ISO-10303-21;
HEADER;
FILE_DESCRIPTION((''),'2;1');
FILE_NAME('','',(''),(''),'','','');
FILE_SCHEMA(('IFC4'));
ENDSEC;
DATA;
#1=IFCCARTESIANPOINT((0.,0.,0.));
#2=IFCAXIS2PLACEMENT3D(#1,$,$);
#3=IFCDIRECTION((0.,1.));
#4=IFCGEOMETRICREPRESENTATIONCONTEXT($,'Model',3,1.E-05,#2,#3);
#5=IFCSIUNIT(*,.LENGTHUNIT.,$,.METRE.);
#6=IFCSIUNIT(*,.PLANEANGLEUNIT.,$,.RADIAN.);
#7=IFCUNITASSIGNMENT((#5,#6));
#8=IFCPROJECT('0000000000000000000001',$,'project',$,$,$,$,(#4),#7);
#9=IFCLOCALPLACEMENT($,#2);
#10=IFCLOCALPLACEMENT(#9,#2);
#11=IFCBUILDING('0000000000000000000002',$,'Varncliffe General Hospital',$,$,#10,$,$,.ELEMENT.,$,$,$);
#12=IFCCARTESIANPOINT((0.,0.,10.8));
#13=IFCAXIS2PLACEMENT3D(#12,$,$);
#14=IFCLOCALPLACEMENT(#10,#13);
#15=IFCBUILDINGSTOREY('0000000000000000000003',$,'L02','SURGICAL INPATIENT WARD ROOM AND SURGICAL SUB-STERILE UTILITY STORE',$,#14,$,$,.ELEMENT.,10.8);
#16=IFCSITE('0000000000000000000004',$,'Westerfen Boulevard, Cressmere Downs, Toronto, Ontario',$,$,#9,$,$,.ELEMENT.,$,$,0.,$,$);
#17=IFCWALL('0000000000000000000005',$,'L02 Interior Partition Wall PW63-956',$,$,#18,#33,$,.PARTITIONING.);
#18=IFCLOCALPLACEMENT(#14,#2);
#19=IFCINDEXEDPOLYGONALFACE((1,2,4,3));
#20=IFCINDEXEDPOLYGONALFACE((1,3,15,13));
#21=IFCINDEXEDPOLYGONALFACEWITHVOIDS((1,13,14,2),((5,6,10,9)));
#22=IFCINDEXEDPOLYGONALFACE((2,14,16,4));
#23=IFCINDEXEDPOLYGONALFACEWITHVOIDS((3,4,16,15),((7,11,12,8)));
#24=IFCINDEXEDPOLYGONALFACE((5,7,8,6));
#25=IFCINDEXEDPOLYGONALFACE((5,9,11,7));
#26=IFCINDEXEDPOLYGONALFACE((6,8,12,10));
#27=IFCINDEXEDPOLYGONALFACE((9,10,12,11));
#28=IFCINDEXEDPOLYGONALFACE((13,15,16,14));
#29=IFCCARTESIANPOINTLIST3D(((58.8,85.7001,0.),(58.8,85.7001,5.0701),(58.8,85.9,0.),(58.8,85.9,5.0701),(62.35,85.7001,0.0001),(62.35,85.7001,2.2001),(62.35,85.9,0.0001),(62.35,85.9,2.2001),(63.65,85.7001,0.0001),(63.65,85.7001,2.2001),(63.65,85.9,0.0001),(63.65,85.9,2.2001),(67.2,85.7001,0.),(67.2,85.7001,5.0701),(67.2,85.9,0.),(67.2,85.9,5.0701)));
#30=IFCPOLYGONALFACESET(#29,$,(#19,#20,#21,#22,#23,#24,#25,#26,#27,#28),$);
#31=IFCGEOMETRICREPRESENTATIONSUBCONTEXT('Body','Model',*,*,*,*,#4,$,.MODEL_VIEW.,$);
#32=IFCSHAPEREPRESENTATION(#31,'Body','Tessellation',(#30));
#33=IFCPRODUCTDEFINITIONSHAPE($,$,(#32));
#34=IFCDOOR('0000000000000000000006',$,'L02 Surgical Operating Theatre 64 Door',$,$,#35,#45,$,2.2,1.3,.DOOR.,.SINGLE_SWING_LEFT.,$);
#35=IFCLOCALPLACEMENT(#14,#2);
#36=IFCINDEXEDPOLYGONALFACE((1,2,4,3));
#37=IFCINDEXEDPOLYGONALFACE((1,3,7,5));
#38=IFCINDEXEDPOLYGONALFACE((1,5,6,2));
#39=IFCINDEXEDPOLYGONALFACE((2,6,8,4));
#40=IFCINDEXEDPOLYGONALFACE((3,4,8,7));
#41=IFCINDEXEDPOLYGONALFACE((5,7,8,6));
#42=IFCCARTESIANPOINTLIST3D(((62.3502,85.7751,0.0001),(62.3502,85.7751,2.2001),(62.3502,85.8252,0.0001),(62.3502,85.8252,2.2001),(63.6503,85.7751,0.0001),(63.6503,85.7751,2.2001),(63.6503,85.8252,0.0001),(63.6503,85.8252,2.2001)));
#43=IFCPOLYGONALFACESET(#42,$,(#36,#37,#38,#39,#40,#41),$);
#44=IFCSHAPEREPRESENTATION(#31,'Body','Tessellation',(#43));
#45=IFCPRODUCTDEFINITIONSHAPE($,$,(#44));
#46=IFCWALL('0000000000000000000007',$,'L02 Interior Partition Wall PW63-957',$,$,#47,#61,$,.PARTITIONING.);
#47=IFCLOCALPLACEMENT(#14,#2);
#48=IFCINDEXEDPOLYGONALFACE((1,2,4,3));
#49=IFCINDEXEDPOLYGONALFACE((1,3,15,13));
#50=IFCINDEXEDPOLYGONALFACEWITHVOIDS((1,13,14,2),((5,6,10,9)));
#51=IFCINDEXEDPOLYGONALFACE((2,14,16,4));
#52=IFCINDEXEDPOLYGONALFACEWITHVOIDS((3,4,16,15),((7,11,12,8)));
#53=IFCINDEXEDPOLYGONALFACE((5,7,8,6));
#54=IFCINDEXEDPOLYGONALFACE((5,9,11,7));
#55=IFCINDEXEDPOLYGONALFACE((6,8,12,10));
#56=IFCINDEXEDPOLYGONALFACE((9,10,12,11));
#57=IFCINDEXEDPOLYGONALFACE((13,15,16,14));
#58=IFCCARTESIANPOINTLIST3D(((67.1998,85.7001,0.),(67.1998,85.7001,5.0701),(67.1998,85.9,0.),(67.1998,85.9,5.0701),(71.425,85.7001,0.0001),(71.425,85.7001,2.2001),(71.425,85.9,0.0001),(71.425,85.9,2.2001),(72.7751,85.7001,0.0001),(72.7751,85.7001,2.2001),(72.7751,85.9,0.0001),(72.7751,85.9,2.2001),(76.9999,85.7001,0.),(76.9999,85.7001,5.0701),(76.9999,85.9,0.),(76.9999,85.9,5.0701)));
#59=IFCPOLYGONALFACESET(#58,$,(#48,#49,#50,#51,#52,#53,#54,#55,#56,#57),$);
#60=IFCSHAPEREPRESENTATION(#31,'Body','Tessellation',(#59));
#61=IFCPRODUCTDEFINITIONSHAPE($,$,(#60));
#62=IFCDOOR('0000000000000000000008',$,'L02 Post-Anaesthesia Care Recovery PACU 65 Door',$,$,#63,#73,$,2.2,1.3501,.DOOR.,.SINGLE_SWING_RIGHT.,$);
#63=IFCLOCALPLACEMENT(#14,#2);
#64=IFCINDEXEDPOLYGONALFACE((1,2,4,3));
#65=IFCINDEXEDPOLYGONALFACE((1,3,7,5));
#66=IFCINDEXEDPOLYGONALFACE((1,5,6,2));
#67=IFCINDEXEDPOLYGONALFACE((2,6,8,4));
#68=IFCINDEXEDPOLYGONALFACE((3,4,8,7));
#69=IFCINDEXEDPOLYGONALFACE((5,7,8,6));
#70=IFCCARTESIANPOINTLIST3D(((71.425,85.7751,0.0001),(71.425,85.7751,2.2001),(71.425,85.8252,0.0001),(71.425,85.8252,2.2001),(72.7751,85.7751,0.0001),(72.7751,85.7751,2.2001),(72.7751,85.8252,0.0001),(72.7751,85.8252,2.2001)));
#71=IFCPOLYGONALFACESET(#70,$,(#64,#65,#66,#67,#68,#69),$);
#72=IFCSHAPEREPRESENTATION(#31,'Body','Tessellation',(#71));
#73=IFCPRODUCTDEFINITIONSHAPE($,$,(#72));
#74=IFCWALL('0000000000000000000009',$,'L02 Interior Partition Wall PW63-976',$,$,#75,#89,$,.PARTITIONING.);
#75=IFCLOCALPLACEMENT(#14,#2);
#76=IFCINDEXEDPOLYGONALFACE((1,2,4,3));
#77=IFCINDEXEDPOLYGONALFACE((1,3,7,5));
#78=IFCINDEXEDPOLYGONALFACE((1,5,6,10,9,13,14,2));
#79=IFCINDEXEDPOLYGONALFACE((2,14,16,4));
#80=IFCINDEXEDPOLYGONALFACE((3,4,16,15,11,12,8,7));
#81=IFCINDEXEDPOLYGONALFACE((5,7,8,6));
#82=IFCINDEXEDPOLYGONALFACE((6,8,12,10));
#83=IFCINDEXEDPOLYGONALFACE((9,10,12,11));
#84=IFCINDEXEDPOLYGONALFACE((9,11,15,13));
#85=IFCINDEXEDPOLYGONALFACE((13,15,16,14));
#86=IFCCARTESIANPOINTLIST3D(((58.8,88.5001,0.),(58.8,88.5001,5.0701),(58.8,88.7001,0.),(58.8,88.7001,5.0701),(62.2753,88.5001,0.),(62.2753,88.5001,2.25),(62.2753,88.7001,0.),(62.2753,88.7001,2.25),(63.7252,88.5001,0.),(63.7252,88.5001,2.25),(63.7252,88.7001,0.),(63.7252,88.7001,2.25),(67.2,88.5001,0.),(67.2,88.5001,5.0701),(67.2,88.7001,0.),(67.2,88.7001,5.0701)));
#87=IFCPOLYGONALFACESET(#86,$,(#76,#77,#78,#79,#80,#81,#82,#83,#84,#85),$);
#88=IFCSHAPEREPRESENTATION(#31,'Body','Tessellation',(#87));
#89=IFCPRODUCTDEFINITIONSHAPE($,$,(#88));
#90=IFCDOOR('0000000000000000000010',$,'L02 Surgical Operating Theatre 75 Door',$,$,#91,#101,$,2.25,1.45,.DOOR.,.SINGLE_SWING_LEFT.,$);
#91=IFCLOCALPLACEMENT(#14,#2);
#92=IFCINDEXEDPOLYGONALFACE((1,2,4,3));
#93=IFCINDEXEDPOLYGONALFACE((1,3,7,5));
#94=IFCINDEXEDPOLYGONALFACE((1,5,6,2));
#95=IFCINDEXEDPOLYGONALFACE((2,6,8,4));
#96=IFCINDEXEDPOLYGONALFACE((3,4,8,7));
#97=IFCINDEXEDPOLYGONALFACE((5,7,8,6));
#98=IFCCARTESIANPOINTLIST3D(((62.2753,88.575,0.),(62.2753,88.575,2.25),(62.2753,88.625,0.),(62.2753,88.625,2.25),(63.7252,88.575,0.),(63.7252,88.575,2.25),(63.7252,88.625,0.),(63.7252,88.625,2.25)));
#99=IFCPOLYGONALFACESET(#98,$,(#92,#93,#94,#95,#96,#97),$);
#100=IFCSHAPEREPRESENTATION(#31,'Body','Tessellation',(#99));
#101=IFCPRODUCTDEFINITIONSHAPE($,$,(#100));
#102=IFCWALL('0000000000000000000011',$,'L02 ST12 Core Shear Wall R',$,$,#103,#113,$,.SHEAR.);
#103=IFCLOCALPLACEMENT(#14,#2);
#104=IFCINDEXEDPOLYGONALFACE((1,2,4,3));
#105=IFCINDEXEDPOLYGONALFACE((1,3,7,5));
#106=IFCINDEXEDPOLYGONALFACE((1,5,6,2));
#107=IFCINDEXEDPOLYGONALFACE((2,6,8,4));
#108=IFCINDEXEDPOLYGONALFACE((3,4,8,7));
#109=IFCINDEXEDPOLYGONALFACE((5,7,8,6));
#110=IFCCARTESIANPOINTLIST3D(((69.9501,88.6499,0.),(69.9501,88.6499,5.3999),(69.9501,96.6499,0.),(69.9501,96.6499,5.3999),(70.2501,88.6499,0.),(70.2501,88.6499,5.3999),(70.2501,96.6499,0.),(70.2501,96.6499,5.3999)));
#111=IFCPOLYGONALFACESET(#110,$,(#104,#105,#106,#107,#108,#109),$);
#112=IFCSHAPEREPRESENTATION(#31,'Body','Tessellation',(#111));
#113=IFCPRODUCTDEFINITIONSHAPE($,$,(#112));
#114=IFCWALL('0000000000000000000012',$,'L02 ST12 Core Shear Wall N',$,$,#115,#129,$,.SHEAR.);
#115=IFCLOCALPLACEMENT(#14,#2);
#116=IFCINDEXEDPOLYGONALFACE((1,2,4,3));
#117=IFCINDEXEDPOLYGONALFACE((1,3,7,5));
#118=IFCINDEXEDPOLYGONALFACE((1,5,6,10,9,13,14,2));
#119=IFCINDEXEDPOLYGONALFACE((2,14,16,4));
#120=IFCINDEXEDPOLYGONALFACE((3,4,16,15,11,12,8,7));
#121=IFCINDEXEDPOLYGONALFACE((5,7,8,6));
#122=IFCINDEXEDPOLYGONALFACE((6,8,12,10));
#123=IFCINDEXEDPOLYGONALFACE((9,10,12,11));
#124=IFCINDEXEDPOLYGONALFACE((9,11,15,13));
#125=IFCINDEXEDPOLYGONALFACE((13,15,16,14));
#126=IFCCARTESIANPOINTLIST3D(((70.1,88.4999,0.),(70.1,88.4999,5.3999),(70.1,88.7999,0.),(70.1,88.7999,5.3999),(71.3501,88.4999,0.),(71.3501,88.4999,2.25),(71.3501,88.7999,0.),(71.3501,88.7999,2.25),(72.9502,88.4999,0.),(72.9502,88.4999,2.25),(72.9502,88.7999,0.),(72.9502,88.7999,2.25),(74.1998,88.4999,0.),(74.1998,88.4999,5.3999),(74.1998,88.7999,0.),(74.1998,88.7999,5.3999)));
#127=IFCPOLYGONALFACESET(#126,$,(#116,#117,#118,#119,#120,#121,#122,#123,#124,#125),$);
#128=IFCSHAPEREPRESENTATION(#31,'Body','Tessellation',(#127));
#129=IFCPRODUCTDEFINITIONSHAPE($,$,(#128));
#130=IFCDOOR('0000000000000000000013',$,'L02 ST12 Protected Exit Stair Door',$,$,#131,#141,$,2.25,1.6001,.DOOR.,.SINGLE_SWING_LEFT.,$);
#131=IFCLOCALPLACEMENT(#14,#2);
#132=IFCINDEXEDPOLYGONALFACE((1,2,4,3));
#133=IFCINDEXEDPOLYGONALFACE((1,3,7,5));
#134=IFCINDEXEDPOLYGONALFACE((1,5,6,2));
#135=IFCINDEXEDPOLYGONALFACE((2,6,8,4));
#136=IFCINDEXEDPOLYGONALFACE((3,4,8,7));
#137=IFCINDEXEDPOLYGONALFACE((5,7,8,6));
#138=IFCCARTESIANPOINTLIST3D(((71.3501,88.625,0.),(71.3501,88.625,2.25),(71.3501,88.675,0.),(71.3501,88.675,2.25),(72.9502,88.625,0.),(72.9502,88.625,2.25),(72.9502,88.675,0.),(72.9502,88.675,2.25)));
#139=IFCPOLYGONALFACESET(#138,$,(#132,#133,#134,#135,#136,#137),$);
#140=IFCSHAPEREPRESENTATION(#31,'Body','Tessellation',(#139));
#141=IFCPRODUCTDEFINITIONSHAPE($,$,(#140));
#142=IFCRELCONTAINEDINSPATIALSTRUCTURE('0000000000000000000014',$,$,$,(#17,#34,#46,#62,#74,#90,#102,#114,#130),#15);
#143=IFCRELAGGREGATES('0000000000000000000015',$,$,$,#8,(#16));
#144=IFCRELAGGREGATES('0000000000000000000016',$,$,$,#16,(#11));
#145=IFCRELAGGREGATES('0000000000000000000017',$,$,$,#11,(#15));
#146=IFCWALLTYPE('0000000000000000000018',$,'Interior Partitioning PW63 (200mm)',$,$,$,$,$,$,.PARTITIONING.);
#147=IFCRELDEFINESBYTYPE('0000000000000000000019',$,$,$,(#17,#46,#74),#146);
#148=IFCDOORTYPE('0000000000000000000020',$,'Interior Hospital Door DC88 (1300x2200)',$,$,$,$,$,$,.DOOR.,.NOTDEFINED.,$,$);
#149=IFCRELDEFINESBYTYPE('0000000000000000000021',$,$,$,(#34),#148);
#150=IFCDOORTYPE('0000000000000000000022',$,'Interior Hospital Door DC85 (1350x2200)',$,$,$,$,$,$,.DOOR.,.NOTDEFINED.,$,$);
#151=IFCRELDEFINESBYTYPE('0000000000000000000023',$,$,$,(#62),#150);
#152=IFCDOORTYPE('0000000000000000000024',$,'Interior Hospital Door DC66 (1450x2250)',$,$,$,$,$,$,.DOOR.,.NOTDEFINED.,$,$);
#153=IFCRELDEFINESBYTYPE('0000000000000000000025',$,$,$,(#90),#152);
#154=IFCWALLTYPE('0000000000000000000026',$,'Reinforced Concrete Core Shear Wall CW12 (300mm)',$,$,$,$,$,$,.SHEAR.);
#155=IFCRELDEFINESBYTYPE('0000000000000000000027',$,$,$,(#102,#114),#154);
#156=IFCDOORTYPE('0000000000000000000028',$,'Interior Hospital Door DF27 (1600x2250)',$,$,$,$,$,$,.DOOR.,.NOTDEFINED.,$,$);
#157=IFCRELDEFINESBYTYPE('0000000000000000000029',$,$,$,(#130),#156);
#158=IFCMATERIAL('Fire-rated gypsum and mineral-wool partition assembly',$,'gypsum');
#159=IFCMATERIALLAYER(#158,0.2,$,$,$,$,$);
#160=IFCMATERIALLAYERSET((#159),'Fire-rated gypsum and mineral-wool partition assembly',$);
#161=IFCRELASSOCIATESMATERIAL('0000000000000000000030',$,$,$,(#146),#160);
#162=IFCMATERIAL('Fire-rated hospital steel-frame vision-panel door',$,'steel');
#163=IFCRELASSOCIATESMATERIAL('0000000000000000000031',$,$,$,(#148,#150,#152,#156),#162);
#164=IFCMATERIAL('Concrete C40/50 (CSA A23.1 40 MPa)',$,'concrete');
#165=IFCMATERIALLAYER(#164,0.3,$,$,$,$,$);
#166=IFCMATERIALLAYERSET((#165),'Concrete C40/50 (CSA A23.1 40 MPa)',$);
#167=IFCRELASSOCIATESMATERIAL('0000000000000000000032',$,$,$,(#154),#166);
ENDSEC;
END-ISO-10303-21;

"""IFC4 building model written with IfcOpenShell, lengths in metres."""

from ifc_helpers import new_model, si_unit, direction, frame, frame_2d, origin, place, context, subcontext, project, spatial, rectangle, extrude, material, layer, layer_set, type_object, element, fill, save


model = new_model("IFC4")

# Units and contexts
model_context = context("Model", 3, precision=1e-05, world=origin(), true_north=direction((0.0, 1.0)))
body_context = subcontext(model_context, "Body", "Model", "MODEL_VIEW")
ifc_project = project(units=[si_unit("LENGTHUNIT", "METRE"), si_unit("PLANEANGLEUNIT", "RADIAN")], contexts=[model_context])

# Site, building, storey
site_placement = place(None, origin())
site = spatial("IfcSite", under=ifc_project, at=site_placement, Name="Westerfen Boulevard, Cressmere Downs, Toronto, Ontario", CompositionType="ELEMENT", RefElevation=0.0)
building_placement = place(site_placement, origin())
building = spatial("IfcBuilding", under=site, at=building_placement, Name="Varncliffe General Hospital", CompositionType="ELEMENT")
storey_placement = place(building_placement, frame((0.0, 0.0, 10.8)))
storey = spatial("IfcBuildingStorey", under=building, at=storey_placement, Name="L02", Description="SURGICAL INPATIENT WARD ROOM AND SURGICAL SUB-STERILE UTILITY STORE", CompositionType="ELEMENT", Elevation=10.8)

# Shared definitions
ifc_material_1 = material(Name="Concrete C40/50 (CSA A23.1 40 MPa)", Category="concrete")

# Walls, openings, doors
ifc_material_2 = material(Name="Fire-rated gypsum and mineral-wool partition assembly", Category="gypsum")
ifc_layer_1 = layer(ifc_material_2, 0.2)
ifc_layer_set_1 = layer_set([ifc_layer_1], Name="Fire-rated gypsum and mineral-wool partition assembly")
wall_type_1 = type_object("IfcWallType", Name="Interior Partitioning PW63 (200mm)", PredefinedType="PARTITIONING", material=ifc_layer_set_1)
wall_1_placement = place(storey_placement, frame((58.8, 85.8, 0.0), z_axis=(0.0, 0.0, 1.0), x_axis=(1.0, 0.0, 0.0)))
wall_1 = element("IfcWall", 1, at=wall_1_placement, inside=storey, type_object=wall_type_1, Name="L02 Interior Partition Wall PW63-956", PredefinedType="PARTITIONING", context=body_context, shape_type="SweptSolid", body=[
    extrude(rectangle(XDim=8.3999, YDim=0.2, at=frame_2d((4.2, 0.0))), origin(), (0.0, 0.0, 1.0), 5.0701),
])
opening_1_placement = place(wall_1_placement, frame((3.55, 0.0, 0.0)))
opening_1 = element("IfcOpeningElement", 2, at=opening_1_placement, cuts=wall_1, PredefinedType="OPENING", context=body_context, shape_type="SweptSolid", body=[
    extrude(rectangle(XDim=1.3, YDim=2.2, at=frame_2d((0.6499, 1.1001))), frame((0.0, 0.1099, 0.0), z_axis=(0.0, -1.0, 0.0), x_axis=(1.0, 0.0, 0.0)), (0.0, 0.0, 1.0), 0.22),
])
ifc_material_3 = material(Name="Fire-rated hospital steel-frame vision-panel door", Category="steel")
door_type_1 = type_object("IfcDoorType", Name="Interior Hospital Door DC88 (1300x2200)", OperationType="NOTDEFINED", PredefinedType="DOOR", material=ifc_material_3)
door_1_placement = place(opening_1_placement, frame((1.3, 0.0, 0.0), z_axis=(0.0, 0.0, 1.0), x_axis=(-1.0, 0.0, 0.0)))
door_1 = element("IfcDoor", 3, at=door_1_placement, inside=storey, type_object=door_type_1, Name="L02 Surgical Operating Theatre 64 Door", OperationType="SINGLE_SWING_LEFT", OverallHeight=2.2, OverallWidth=1.3, PredefinedType="DOOR", context=body_context, shape_type="SweptSolid", body=[
    extrude(rectangle(XDim=1.3, YDim=2.2, at=frame_2d((0.6499, 1.1001))), frame((0.0, 0.0249, 0.0), z_axis=(0.0, -1.0, 0.0), x_axis=(1.0, 0.0, 0.0)), (0.0, 0.0, 1.0), 0.05),
])
fill(opening_1, door_1)
wall_2_placement = place(storey_placement, frame((67.2, 85.8, 0.0), z_axis=(0.0, 0.0, 1.0), x_axis=(1.0, 0.0, 0.0)))
wall_2 = element("IfcWall", 4, at=wall_2_placement, inside=storey, type_object=wall_type_1, Name="L02 Interior Partition Wall PW63-957", PredefinedType="PARTITIONING", context=body_context, shape_type="SweptSolid", body=[
    extrude(rectangle(XDim=9.8, YDim=0.2, at=frame_2d((4.8999, 0.0))), origin(), (0.0, 0.0, 1.0), 5.0701),
])
opening_2_placement = place(wall_2_placement, frame((4.2251, 0.0, 0.0)))
opening_2 = element("IfcOpeningElement", 5, at=opening_2_placement, cuts=wall_2, PredefinedType="OPENING", context=body_context, shape_type="SweptSolid", body=[
    extrude(rectangle(XDim=1.3501, YDim=2.2, at=frame_2d((0.675, 1.1001))), frame((0.0, 0.1099, 0.0), z_axis=(0.0, -1.0, 0.0), x_axis=(1.0, 0.0, 0.0)), (0.0, 0.0, 1.0), 0.22),
])
door_type_2 = type_object("IfcDoorType", Name="Interior Hospital Door DC85 (1350x2200)", OperationType="NOTDEFINED", PredefinedType="DOOR", material=ifc_material_3)
door_2_placement = place(opening_2_placement, frame((1.3501, 0.0, 0.0), z_axis=(0.0, 0.0, 1.0), x_axis=(-1.0, 0.0, 0.0)))
door_2 = element("IfcDoor", 6, at=door_2_placement, inside=storey, type_object=door_type_2, Name="L02 Post-Anaesthesia Care Recovery PACU 65 Door", OperationType="SINGLE_SWING_RIGHT", OverallHeight=2.2, OverallWidth=1.3501, PredefinedType="DOOR", context=body_context, shape_type="SweptSolid", body=[
    extrude(rectangle(XDim=1.3501, YDim=2.2, at=frame_2d((0.675, 1.1001))), frame((0.0, 0.0249, 0.0), z_axis=(0.0, -1.0, 0.0), x_axis=(1.0, 0.0, 0.0)), (0.0, 0.0, 1.0), 0.05),
])
fill(opening_2, door_2)
wall_3_placement = place(storey_placement, frame((58.8, 88.6001, 0.0), z_axis=(0.0, 0.0, 1.0), x_axis=(1.0, 0.0, 0.0)))
wall_3 = element("IfcWall", 7, at=wall_3_placement, inside=storey, type_object=wall_type_1, Name="L02 Interior Partition Wall PW63-976", PredefinedType="PARTITIONING", context=body_context, shape_type="SweptSolid", body=[
    extrude(rectangle(XDim=8.3999, YDim=0.2, at=frame_2d((4.2, 0.0))), origin(), (0.0, 0.0, 1.0), 5.0701),
])
opening_3_placement = place(wall_3_placement, frame((3.4751, 0.0, 0.0)))
opening_3 = element("IfcOpeningElement", 8, at=opening_3_placement, cuts=wall_3, PredefinedType="OPENING", context=body_context, shape_type="SweptSolid", body=[
    extrude(rectangle(XDim=1.45, YDim=2.25, at=frame_2d((0.7251, 1.125))), frame((0.0, 0.1099, 0.0), z_axis=(0.0, -1.0, 0.0), x_axis=(1.0, 0.0, 0.0)), (0.0, 0.0, 1.0), 0.22),
])
door_type_3 = type_object("IfcDoorType", Name="Interior Hospital Door DC66 (1450x2250)", OperationType="NOTDEFINED", PredefinedType="DOOR", material=ifc_material_3)
door_3_placement = place(opening_3_placement, origin())
door_3 = element("IfcDoor", 9, at=door_3_placement, inside=storey, type_object=door_type_3, Name="L02 Surgical Operating Theatre 75 Door", OperationType="SINGLE_SWING_LEFT", OverallHeight=2.25, OverallWidth=1.45, PredefinedType="DOOR", context=body_context, shape_type="SweptSolid", body=[
    extrude(rectangle(XDim=1.45, YDim=2.25, at=frame_2d((0.7251, 1.125))), frame((0.0, 0.0249, 0.0), z_axis=(0.0, -1.0, 0.0), x_axis=(1.0, 0.0, 0.0)), (0.0, 0.0, 1.0), 0.05),
])
fill(opening_3, door_3)

# Wall
ifc_layer_2 = layer(ifc_material_1, 0.3)
ifc_layer_set_2 = layer_set([ifc_layer_2], Name="Concrete C40/50 (CSA A23.1 40 MPa)")
wall_type_2 = type_object("IfcWallType", Name="Reinforced Concrete Core Shear Wall CW12 (300mm)", PredefinedType="SHEAR", material=ifc_layer_set_2)
wall_4_placement = place(storey_placement, frame((70.1001, 96.6499, 0.0), z_axis=(0.0, 0.0, 1.0), x_axis=(0.0, -1.0, 0.0)))
element("IfcWall", 10, at=wall_4_placement, inside=storey, type_object=wall_type_2, Name="L02 ST12 Core Shear Wall R", PredefinedType="SHEAR", context=body_context, shape_type="SweptSolid", body=[
    extrude(rectangle(XDim=8.0, YDim=0.3, at=frame_2d((4.0, 0.0))), origin(), (0.0, 0.0, 1.0), 5.3999),
])

# Wall, opening, door
wall_5_placement = place(storey_placement, frame((70.1001, 88.6499, 0.0), z_axis=(0.0, 0.0, 1.0), x_axis=(1.0, 0.0, 0.0)))
wall_5 = element("IfcWall", 11, at=wall_5_placement, inside=storey, type_object=wall_type_2, Name="L02 ST12 Core Shear Wall N", PredefinedType="SHEAR", context=body_context, shape_type="SweptSolid", body=[
    extrude(rectangle(XDim=4.0999, YDim=0.3, at=frame_2d((2.0498, 0.0))), origin(), (0.0, 0.0, 1.0), 5.3999),
])
opening_4_placement = place(wall_5_placement, frame((1.25, 0.0, 0.0)))
opening_4 = element("IfcOpeningElement", 12, at=opening_4_placement, cuts=wall_5, PredefinedType="OPENING", context=body_context, shape_type="SweptSolid", body=[
    extrude(rectangle(XDim=1.6001, YDim=2.25, at=frame_2d((0.8, 1.125))), frame((0.0, 0.1602, 0.0), z_axis=(0.0, -1.0, 0.0), x_axis=(1.0, 0.0, 0.0)), (0.0, 0.0, 1.0), 0.3201),
])
door_type_4 = type_object("IfcDoorType", Name="Interior Hospital Door DF27 (1600x2250)", OperationType="NOTDEFINED", PredefinedType="DOOR", material=ifc_material_3)
door_4_placement = place(opening_4_placement, frame((1.6001, 0.0, 0.0), z_axis=(0.0, 0.0, 1.0), x_axis=(-1.0, 0.0, 0.0)))
door_4 = element("IfcDoor", 13, at=door_4_placement, inside=storey, type_object=door_type_4, Name="L02 ST12 Protected Exit Stair Door", OperationType="SINGLE_SWING_LEFT", OverallHeight=2.25, OverallWidth=1.6001, PredefinedType="DOOR", context=body_context, shape_type="SweptSolid", body=[
    extrude(rectangle(XDim=1.6001, YDim=2.25, at=frame_2d((0.8, 1.125))), frame((0.0, 0.0249, 0.0), z_axis=(0.0, -1.0, 0.0), x_axis=(1.0, 0.0, 0.0)), (0.0, 0.0, 1.0), 0.05),
])
fill(opening_4, door_4)

save(model, "model.ifc")
